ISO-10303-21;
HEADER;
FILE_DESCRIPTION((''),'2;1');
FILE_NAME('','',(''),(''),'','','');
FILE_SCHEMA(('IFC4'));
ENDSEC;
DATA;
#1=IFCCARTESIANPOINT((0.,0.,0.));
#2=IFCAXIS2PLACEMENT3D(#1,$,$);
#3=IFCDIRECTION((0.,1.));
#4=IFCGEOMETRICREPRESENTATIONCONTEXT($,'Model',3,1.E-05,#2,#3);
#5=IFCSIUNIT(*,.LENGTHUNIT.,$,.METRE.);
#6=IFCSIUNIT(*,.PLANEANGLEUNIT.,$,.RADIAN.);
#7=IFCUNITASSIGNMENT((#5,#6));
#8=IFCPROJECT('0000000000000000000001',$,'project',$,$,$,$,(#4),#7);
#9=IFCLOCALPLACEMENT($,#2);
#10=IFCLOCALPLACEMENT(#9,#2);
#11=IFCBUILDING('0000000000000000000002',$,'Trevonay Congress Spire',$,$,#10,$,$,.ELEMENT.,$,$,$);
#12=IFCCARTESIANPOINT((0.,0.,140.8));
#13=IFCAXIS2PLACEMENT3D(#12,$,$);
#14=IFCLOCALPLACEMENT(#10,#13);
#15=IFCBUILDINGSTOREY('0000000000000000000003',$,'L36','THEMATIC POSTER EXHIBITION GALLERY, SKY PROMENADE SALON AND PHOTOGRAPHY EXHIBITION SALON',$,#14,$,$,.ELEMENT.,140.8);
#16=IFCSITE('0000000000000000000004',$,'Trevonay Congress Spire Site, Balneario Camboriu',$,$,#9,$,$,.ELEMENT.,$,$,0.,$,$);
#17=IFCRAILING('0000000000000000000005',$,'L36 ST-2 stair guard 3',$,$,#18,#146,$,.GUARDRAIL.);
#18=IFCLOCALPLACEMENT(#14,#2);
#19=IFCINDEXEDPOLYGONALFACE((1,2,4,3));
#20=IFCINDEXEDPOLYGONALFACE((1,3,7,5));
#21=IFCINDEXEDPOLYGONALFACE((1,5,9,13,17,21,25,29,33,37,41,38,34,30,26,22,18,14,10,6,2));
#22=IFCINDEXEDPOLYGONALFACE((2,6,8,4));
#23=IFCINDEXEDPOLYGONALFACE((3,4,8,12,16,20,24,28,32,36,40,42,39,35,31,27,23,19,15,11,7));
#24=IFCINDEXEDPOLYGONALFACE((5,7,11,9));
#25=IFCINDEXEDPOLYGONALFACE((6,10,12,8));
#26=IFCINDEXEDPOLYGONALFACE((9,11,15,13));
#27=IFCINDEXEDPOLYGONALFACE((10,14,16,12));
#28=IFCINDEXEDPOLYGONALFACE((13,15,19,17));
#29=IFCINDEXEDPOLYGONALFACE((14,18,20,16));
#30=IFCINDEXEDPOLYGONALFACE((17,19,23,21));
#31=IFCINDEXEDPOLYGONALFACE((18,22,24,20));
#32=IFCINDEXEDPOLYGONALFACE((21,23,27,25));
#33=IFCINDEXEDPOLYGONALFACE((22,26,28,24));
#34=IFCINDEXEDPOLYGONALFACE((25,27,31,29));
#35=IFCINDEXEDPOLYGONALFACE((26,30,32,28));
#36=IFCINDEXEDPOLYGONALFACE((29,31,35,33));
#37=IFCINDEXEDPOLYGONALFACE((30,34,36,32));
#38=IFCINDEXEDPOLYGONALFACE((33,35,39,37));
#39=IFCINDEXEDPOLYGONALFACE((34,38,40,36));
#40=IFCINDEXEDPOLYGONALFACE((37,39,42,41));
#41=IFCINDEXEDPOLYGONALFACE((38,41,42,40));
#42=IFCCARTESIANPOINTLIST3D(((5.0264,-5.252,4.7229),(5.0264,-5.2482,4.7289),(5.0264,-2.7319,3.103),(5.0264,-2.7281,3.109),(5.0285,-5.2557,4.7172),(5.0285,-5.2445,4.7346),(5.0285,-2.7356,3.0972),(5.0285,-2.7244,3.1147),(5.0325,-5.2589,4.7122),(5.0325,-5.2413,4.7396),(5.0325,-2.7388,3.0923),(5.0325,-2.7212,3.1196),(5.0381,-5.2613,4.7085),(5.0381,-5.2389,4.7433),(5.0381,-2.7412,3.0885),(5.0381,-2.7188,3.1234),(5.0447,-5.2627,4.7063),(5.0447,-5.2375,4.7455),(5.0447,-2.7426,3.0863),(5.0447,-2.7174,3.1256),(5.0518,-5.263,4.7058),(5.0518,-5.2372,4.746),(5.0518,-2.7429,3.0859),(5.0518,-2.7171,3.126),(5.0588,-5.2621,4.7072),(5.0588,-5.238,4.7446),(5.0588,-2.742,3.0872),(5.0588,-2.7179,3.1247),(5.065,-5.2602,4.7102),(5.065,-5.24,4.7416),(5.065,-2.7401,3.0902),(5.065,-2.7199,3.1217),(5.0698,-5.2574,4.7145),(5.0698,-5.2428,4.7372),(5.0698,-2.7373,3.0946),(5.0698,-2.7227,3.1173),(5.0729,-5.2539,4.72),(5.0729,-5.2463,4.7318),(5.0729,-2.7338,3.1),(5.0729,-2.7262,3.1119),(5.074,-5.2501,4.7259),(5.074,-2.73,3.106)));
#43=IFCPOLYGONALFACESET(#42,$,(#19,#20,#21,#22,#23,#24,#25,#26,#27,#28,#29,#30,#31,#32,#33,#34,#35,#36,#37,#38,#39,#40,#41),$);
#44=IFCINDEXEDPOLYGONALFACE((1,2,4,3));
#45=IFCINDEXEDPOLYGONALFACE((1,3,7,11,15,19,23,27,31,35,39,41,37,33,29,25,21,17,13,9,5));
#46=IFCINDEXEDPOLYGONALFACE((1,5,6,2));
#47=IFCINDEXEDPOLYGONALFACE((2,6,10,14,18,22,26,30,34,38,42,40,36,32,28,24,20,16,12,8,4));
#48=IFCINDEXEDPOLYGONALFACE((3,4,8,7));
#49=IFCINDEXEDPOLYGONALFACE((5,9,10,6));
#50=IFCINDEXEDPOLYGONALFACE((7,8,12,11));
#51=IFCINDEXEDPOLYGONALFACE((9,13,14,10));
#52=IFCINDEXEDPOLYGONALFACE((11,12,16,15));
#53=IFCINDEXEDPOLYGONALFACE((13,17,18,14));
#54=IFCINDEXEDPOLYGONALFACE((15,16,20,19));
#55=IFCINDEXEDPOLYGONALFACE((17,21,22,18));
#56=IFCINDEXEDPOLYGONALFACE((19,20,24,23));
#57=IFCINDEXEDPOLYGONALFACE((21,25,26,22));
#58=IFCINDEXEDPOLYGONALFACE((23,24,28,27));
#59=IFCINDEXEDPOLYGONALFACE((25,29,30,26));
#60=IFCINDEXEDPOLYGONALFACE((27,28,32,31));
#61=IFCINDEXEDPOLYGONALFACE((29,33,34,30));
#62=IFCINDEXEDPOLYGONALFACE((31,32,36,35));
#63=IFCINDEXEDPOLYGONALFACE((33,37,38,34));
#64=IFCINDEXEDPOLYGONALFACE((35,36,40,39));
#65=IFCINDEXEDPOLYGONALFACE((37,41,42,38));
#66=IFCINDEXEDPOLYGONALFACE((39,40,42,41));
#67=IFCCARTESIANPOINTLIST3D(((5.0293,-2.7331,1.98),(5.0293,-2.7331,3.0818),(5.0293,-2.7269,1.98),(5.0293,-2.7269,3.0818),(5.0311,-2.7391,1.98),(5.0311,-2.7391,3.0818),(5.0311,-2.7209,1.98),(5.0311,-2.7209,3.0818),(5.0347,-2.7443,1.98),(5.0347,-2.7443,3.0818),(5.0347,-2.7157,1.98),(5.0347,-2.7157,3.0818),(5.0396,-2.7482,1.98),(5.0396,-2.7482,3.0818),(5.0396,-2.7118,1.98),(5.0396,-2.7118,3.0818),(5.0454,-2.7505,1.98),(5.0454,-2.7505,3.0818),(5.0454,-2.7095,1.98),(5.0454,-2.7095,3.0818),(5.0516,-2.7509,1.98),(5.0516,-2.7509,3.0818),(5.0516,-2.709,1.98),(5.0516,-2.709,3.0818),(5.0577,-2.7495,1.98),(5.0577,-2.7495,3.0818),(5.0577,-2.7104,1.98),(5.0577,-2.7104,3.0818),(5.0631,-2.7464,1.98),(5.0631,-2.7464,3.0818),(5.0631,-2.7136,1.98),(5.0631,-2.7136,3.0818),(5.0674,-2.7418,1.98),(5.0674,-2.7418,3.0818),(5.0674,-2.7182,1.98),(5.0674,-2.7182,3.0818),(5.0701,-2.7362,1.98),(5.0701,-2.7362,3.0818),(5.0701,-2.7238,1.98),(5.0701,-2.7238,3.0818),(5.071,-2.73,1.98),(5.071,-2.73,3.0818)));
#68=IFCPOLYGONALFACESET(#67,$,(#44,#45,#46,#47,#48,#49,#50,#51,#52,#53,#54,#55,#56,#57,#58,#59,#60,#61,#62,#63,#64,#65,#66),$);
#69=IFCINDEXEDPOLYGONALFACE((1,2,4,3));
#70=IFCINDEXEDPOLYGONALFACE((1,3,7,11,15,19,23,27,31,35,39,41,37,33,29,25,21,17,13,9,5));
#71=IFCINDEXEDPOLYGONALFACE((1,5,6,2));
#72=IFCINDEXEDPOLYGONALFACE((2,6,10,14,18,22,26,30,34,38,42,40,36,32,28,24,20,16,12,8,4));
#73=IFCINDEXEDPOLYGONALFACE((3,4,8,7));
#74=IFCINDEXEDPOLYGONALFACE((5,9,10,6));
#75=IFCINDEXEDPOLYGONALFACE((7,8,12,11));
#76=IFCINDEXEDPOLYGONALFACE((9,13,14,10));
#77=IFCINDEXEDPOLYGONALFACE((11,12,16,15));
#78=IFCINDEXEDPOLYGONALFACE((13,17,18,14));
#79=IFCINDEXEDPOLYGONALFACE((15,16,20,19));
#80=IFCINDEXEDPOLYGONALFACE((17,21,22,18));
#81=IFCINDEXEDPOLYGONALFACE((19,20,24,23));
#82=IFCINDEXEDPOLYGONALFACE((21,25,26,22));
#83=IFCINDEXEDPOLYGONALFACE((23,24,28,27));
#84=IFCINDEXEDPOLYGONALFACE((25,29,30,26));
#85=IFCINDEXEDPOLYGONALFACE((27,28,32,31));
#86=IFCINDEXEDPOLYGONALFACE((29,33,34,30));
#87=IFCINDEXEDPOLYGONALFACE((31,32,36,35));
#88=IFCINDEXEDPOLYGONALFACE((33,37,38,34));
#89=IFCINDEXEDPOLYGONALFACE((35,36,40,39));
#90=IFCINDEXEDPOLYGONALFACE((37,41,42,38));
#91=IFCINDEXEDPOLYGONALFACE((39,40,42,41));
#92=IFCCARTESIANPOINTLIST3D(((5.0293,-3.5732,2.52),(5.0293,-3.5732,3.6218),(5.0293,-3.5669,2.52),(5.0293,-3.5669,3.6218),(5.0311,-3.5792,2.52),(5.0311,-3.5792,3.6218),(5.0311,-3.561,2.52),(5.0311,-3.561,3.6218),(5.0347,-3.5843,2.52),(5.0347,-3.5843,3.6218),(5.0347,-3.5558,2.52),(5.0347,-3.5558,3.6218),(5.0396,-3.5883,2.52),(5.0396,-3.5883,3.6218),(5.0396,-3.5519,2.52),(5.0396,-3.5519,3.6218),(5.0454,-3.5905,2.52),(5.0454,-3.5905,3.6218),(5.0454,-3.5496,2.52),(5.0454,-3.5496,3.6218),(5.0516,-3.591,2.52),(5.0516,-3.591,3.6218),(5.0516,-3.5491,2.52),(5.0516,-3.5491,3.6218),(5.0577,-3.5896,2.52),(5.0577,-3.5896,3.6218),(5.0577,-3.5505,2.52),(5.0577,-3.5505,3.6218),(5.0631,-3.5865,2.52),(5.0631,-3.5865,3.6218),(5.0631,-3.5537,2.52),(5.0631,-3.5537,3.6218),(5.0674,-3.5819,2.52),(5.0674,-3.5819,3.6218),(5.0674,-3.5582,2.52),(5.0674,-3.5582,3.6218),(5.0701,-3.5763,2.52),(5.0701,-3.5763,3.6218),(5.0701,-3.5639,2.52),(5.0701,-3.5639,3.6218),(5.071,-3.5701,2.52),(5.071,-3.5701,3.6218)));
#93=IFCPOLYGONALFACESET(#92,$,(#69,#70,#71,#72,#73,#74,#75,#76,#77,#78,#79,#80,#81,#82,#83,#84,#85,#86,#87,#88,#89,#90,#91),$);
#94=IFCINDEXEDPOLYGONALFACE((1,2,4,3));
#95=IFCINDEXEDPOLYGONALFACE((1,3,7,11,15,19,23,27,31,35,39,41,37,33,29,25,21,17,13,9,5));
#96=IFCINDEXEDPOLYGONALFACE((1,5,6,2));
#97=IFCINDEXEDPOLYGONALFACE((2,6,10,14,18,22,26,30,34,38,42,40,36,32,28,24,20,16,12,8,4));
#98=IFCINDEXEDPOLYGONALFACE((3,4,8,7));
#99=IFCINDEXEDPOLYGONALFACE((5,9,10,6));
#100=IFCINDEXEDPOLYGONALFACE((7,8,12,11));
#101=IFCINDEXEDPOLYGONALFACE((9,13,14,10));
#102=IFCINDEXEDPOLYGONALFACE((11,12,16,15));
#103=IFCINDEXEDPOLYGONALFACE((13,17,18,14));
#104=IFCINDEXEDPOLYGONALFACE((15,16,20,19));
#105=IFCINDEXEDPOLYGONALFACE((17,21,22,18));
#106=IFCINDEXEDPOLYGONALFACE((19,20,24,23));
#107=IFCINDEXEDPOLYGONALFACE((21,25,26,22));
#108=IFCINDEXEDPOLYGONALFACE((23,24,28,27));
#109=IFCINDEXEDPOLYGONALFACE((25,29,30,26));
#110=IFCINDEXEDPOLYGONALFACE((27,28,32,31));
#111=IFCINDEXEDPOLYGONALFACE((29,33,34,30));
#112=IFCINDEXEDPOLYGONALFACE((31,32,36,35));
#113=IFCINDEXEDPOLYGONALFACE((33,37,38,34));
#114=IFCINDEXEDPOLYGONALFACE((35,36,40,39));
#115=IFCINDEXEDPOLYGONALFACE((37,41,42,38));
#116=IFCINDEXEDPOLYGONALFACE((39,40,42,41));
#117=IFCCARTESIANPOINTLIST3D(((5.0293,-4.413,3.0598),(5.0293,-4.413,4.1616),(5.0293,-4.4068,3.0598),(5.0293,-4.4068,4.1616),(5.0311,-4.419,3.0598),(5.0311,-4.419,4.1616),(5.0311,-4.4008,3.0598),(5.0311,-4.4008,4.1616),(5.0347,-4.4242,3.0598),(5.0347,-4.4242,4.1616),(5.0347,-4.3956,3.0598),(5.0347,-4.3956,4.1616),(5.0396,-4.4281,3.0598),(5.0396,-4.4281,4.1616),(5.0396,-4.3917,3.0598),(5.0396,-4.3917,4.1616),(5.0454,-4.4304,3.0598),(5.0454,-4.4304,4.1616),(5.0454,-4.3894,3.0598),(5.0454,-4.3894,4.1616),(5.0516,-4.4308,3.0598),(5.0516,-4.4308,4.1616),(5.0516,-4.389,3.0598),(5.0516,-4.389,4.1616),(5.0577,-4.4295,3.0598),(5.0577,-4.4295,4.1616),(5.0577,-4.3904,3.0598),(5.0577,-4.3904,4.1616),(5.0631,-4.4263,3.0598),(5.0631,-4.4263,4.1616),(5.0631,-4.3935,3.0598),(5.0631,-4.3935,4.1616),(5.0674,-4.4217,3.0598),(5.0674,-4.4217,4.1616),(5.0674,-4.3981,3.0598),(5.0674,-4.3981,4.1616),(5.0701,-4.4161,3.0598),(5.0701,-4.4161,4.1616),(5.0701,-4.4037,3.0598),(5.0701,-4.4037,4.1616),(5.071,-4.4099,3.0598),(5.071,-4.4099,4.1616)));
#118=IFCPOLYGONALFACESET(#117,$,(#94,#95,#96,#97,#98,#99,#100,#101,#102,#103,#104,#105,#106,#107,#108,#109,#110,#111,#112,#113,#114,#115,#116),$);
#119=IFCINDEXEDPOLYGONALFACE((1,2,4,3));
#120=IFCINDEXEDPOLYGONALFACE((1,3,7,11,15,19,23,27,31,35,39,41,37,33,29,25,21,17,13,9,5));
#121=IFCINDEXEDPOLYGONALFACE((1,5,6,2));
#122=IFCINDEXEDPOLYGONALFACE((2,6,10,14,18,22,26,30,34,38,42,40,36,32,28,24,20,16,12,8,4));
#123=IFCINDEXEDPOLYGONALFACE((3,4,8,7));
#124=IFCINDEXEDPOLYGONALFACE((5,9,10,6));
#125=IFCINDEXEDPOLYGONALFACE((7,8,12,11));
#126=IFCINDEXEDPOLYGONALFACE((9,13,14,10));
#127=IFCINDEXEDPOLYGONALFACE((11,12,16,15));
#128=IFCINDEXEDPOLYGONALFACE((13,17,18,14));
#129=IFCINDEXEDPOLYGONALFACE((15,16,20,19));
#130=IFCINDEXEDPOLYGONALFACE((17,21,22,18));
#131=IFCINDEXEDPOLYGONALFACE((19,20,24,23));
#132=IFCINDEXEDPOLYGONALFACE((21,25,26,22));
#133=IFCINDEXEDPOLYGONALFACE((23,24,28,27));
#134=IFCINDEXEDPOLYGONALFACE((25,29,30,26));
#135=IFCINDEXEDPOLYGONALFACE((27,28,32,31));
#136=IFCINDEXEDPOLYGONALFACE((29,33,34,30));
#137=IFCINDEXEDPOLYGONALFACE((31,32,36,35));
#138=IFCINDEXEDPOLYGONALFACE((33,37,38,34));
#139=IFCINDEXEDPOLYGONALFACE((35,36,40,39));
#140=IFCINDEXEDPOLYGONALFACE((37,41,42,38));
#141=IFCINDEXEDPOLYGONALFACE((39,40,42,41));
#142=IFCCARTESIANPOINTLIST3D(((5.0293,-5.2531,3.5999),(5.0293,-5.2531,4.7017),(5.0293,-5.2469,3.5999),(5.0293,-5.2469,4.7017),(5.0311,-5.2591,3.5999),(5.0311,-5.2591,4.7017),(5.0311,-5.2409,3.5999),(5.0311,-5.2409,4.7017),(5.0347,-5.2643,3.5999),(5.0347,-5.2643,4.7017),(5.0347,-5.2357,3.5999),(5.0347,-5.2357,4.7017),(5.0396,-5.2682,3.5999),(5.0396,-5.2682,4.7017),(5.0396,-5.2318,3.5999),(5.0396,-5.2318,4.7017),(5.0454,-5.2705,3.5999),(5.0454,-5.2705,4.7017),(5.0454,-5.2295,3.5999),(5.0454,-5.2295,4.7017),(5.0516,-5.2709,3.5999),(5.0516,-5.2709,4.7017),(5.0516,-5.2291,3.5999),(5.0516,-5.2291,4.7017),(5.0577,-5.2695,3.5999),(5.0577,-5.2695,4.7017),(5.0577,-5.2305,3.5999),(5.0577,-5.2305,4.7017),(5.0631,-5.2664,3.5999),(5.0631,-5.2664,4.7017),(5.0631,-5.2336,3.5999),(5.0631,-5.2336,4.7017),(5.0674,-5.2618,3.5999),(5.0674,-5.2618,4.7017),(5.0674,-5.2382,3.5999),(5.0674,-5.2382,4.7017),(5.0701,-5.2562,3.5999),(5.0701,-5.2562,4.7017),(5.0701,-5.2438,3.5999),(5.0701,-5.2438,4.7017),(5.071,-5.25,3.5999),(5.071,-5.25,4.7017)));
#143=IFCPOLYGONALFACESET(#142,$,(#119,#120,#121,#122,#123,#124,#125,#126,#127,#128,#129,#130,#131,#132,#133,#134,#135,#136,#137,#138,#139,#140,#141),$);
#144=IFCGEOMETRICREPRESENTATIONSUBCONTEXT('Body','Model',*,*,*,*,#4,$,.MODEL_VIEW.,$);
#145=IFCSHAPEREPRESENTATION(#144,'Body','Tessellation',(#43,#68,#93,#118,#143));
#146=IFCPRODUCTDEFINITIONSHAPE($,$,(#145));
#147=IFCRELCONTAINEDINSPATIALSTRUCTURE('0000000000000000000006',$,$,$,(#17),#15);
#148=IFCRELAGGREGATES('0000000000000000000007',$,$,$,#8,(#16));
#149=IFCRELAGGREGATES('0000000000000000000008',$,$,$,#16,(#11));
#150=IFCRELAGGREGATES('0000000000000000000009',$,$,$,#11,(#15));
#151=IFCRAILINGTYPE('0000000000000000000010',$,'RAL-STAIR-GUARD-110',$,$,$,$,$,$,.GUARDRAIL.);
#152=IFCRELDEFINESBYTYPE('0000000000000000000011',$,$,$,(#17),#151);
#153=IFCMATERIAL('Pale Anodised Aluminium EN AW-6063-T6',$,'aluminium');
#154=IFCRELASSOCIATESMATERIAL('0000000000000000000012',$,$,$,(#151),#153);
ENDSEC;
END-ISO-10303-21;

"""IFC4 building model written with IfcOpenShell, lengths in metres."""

from ifc_helpers import new_model, si_unit, direction, frame, origin, origin_2d, place, context, subcontext, project, spatial, circle, extrude, material, type_object, element, save


model = new_model("IFC4")

# Units and contexts
model_context = context("Model", 3, precision=1e-05, world=origin(), true_north=direction((0.0, 1.0)))
body_context = subcontext(model_context, "Body", "Model", "MODEL_VIEW")
ifc_project = project(units=[si_unit("LENGTHUNIT", "METRE"), si_unit("PLANEANGLEUNIT", "RADIAN")], contexts=[model_context])

# Site, building, storey
site_placement = place(None, origin())
site = spatial("IfcSite", under=ifc_project, at=site_placement, Name="Trevonay Congress Spire Site, Balneario Camboriu", CompositionType="ELEMENT", RefElevation=0.0)
building_placement = place(site_placement, origin())
building = spatial("IfcBuilding", under=site, at=building_placement, Name="Trevonay Congress Spire", CompositionType="ELEMENT")
storey_placement = place(building_placement, frame((0.0, 0.0, 140.8)))
storey = spatial("IfcBuildingStorey", under=building, at=storey_placement, Name="L36", Description="THEMATIC POSTER EXHIBITION GALLERY, SKY PROMENADE SALON AND PHOTOGRAPHY EXHIBITION SALON", CompositionType="ELEMENT", Elevation=140.8)

# Shared definitions
ifc_material_1 = material(Name="Pale Anodised Aluminium EN AW-6063-T6", Category="aluminium")

# Railing
railing_type_1 = type_object("IfcRailingType", Name="RAL-STAIR-GUARD-110", PredefinedType="GUARDRAIL", material=ifc_material_1)
railing_1_placement = place(storey_placement, frame((5.05, -2.73, 1.98)))
element("IfcRailing", 1, at=railing_1_placement, inside=storey, type_object=railing_type_1, Name="L36 ST-2 stair guard 3", PredefinedType="GUARDRAIL", context=body_context, shape_type="SweptSolid", body=[
    extrude(circle(Radius=0.0239, at=origin_2d()), frame((0.0, 0.0, 1.126), z_axis=(0.0, -0.8412, 0.540725), x_axis=(1.0, 0.0, 0.0)), (0.0, 0.0, 1.0), 2.9958),
    extrude(circle(Radius=0.021, at=origin_2d()), origin(), (0.0, 0.0, 1.0), 1.1018),
    extrude(circle(Radius=0.021, at=origin_2d()), frame((0.0, -0.8401, 0.54)), (0.0, 0.0, 1.0), 1.1018),
    extrude(circle(Radius=0.021, at=origin_2d()), frame((0.0, -1.6799, 1.0798)), (0.0, 0.0, 1.0), 1.1018),
    extrude(circle(Radius=0.021, at=origin_2d()), frame((0.0, -2.52, 1.6199)), (0.0, 0.0, 1.0), 1.1018),
])

save(model, "model.ifc")
